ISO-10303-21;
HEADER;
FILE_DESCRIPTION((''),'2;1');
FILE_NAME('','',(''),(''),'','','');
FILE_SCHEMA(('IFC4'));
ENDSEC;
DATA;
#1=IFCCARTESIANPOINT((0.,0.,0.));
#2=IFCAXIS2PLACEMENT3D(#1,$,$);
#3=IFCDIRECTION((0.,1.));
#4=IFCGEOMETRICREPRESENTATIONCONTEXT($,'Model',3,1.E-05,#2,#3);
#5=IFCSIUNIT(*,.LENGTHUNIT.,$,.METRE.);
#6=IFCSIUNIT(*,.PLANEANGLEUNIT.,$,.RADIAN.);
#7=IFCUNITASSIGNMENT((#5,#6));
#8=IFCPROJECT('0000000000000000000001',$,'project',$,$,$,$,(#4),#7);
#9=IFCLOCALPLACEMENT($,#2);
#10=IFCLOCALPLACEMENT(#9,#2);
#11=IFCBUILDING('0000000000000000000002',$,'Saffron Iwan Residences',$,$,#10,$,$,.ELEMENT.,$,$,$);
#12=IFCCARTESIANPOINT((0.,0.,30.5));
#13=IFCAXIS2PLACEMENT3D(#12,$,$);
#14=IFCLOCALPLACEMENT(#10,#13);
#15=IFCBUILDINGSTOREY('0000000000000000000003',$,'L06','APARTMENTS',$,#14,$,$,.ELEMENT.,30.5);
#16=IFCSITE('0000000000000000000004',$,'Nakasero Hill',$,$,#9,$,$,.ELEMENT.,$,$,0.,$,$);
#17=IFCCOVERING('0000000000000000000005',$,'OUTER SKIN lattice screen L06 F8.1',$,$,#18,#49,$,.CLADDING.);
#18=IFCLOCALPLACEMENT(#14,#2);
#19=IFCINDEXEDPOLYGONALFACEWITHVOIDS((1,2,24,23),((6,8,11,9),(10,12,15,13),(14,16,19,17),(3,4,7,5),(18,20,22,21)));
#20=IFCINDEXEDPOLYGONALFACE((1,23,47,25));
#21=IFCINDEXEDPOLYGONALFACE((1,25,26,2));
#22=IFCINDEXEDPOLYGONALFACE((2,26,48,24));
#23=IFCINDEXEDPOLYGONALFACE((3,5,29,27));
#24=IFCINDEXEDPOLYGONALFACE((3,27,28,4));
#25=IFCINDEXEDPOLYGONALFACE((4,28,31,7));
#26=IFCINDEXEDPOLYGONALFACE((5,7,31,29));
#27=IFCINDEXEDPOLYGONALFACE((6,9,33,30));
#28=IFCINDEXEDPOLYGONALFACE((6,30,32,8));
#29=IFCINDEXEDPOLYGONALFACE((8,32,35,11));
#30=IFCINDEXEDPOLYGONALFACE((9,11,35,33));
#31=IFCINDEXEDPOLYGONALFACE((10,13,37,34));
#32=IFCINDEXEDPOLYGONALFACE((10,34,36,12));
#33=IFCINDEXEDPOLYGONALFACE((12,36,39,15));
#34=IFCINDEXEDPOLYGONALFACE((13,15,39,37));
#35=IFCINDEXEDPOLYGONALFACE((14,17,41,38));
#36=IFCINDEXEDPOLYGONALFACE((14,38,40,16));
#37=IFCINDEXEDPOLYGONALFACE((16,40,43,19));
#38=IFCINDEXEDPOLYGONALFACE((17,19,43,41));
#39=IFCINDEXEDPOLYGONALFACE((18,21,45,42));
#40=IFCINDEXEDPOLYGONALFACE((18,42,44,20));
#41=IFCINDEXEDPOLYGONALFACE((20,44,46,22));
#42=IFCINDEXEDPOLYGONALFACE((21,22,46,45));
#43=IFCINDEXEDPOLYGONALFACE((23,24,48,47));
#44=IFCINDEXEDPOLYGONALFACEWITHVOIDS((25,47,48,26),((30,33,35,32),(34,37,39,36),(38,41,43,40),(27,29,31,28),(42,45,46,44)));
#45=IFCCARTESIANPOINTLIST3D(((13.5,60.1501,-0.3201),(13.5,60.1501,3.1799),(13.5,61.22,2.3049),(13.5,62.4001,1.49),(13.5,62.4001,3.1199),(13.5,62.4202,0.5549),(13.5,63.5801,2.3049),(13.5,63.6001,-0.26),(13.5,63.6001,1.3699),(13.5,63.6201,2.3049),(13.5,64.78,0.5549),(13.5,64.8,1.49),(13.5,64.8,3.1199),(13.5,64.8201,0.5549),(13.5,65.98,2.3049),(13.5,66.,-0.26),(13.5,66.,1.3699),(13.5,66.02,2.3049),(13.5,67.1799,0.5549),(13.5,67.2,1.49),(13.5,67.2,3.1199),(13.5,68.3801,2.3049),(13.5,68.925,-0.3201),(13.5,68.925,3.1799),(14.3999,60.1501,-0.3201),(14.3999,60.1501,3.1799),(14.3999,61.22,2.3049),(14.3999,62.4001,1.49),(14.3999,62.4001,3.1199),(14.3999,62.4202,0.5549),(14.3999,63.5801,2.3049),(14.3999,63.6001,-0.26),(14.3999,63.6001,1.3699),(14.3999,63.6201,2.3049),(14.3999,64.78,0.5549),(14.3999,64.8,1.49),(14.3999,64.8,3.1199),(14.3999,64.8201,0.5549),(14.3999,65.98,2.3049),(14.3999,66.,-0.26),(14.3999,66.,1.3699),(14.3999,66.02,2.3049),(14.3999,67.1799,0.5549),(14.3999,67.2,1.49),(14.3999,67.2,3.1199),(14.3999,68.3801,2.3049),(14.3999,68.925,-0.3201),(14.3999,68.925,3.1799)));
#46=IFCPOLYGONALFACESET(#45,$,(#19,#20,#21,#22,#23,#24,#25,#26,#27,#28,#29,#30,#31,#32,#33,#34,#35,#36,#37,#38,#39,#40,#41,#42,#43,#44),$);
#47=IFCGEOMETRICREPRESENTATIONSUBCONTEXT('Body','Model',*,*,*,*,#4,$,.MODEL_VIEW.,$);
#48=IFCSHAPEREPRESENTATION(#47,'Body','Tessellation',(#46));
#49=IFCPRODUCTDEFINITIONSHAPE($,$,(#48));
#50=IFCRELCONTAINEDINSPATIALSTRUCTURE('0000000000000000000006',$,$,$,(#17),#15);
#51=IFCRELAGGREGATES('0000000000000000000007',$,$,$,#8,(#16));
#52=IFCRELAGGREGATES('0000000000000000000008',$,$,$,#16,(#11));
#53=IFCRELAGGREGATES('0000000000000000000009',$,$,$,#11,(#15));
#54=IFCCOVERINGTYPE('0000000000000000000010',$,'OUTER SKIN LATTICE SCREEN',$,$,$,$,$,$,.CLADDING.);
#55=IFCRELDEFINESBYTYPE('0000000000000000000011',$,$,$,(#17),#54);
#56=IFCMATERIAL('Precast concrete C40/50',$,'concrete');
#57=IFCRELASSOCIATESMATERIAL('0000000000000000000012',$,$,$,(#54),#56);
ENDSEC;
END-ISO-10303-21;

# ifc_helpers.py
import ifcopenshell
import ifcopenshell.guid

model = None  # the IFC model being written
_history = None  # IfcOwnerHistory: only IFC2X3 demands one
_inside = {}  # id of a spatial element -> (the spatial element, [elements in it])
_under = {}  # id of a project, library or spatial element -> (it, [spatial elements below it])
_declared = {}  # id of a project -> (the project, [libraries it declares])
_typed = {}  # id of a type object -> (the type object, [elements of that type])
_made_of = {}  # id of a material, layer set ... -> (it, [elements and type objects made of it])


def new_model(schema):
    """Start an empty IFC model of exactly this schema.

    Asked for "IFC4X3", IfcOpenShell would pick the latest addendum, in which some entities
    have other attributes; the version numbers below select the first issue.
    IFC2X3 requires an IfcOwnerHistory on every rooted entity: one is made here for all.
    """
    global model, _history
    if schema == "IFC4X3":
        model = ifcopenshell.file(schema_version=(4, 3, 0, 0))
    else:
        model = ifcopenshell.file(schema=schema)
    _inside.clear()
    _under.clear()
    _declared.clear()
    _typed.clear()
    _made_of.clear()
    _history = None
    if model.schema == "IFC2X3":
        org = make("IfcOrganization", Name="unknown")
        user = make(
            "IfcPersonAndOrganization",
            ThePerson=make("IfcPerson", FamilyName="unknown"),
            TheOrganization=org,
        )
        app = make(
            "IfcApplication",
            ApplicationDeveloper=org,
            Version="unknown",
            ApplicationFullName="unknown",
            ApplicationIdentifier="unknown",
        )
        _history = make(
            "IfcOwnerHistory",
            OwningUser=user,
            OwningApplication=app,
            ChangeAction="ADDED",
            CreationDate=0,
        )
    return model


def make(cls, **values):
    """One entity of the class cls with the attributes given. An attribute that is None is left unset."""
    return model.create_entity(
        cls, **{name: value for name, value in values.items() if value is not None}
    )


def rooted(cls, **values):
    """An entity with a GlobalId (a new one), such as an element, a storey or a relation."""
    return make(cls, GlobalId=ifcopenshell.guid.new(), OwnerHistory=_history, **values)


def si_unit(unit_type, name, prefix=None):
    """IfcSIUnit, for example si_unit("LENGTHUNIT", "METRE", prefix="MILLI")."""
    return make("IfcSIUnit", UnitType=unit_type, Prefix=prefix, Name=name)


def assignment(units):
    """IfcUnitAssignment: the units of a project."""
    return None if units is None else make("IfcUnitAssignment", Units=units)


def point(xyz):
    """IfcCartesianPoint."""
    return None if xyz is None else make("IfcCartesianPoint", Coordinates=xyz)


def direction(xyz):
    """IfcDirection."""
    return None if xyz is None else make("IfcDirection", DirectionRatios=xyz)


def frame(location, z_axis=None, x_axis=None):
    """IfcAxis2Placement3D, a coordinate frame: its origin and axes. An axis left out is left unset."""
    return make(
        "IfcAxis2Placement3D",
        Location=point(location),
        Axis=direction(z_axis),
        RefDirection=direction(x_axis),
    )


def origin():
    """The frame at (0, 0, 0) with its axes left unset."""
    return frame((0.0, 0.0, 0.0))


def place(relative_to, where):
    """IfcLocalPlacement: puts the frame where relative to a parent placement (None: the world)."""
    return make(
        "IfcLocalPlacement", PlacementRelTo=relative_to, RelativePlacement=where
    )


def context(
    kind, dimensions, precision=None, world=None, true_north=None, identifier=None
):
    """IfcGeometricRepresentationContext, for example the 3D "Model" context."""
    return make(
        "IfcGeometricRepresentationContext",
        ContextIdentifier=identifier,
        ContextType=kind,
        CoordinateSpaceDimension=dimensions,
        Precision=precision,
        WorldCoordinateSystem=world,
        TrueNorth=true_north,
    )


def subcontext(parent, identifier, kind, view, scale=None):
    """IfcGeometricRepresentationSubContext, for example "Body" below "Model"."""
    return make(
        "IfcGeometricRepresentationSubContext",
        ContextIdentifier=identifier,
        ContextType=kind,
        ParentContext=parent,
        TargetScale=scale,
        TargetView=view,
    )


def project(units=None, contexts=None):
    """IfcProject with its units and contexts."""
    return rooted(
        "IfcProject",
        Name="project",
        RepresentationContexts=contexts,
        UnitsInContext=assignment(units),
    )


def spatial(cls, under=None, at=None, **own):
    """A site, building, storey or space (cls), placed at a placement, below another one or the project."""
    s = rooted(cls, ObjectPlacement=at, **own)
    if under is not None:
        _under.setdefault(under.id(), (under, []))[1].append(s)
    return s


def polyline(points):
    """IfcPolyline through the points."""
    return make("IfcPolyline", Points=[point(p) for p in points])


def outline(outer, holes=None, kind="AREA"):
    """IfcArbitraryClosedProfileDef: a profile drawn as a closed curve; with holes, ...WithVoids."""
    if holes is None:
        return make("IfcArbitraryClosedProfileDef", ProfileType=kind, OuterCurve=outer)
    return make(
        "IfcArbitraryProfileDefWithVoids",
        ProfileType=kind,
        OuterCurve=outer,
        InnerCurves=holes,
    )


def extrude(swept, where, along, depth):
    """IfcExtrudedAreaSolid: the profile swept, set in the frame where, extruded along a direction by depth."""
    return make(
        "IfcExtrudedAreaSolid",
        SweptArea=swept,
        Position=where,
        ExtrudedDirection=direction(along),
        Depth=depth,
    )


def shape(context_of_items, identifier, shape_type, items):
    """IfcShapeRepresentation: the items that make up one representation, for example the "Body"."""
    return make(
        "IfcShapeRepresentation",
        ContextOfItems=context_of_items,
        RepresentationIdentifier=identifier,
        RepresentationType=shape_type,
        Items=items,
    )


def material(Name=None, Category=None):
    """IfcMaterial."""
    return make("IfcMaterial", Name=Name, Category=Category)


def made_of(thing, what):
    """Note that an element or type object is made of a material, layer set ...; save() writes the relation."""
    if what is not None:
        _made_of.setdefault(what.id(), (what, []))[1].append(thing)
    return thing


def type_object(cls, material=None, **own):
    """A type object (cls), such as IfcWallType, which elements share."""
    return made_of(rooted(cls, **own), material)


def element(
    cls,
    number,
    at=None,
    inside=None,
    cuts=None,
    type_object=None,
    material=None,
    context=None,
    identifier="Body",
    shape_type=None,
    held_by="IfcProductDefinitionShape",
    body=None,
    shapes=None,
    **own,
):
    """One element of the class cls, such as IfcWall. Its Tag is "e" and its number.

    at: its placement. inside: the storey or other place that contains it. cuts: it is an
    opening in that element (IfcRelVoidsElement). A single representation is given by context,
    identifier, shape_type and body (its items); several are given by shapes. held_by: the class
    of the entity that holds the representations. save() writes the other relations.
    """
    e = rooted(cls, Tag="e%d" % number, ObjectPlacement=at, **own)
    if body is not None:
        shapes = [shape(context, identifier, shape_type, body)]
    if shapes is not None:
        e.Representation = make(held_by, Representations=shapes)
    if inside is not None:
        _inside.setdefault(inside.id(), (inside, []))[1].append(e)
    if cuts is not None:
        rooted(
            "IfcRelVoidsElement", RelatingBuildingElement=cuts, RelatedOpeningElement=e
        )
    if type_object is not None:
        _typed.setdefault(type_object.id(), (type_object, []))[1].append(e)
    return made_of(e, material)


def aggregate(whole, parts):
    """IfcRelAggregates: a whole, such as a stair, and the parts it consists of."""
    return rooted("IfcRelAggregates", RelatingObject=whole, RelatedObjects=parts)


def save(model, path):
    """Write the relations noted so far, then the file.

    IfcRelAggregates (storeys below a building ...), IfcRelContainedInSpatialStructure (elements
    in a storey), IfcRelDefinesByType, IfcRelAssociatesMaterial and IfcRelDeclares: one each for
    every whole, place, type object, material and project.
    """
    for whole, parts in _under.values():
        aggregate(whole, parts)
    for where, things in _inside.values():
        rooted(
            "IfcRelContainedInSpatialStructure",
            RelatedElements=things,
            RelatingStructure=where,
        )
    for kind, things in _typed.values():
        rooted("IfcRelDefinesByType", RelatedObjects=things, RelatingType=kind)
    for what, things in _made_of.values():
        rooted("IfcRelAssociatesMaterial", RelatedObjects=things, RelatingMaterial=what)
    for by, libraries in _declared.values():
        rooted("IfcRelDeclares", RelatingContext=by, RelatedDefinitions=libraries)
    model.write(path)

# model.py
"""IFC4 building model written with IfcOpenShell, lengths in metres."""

from ifc_helpers import new_model, si_unit, direction, frame, origin, place, context, subcontext, project, spatial, polyline, outline, extrude, material, type_object, element, save


model = new_model("IFC4")

# Units and contexts
model_context = context("Model", 3, precision=1e-05, world=origin(), true_north=direction((0.0, 1.0)))
body_context = subcontext(model_context, "Body", "Model", "MODEL_VIEW")
ifc_project = project(units=[si_unit("LENGTHUNIT", "METRE"), si_unit("PLANEANGLEUNIT", "RADIAN")], contexts=[model_context])

# Site, building, storey
site_placement = place(None, origin())
site = spatial("IfcSite", under=ifc_project, at=site_placement, Name="Nakasero Hill", CompositionType="ELEMENT", RefElevation=0.0)
building_placement = place(site_placement, origin())
building = spatial("IfcBuilding", under=site, at=building_placement, Name="Saffron Iwan Residences", CompositionType="ELEMENT")
storey_placement = place(building_placement, frame((0.0, 0.0, 30.5)))
storey = spatial("IfcBuildingStorey", under=building, at=storey_placement, Name="L06", Description="APARTMENTS", CompositionType="ELEMENT", Elevation=30.5)

# Covering
ifc_material_1 = material(Name="Precast concrete C40/50", Category="concrete")
covering_type = type_object("IfcCoveringType", Name="OUTER SKIN LATTICE SCREEN", PredefinedType="CLADDING", material=ifc_material_1)
covering_placement = place(storey_placement, frame((14.3999, 68.925, -0.3201), z_axis=(-1.0, 0.0, 0.0), x_axis=(0.0, -1.0, 0.0)))
element("IfcCovering", 1, at=covering_placement, inside=storey, type_object=covering_type, Name="OUTER SKIN lattice screen L06 F8.1", PredefinedType="CLADDING", context=body_context, shape_type="SweptSolid", body=[
    extrude(outline(polyline([(0.0, 0.0), (8.7749, 0.0), (8.7749, 3.5), (0.0, 3.5), (0.0, 0.0)]), holes=[polyline([(1.7451, 0.875), (2.925, 0.0601), (4.105, 0.875), (2.925, 1.6899), (1.7451, 0.875)]), polyline([(4.145, 0.875), (5.325, 0.0601), (6.5049, 0.875), (5.325, 1.6899), (4.145, 0.875)]), polyline([(0.5449, 2.625), (1.7251, 1.8101), (2.905, 2.625), (1.7251, 3.4399), (0.5449, 2.625)]), polyline([(2.9451, 2.625), (4.125, 1.8101), (5.3049, 2.625), (4.125, 3.4399), (2.9451, 2.625)]), polyline([(5.345, 2.625), (6.5249, 1.8101), (7.7051, 2.625), (6.5249, 3.4399), (5.345, 2.625)])]), origin(), (0.0, 0.0, 1.0), 0.8999),
])

save(model, "model.ifc")
